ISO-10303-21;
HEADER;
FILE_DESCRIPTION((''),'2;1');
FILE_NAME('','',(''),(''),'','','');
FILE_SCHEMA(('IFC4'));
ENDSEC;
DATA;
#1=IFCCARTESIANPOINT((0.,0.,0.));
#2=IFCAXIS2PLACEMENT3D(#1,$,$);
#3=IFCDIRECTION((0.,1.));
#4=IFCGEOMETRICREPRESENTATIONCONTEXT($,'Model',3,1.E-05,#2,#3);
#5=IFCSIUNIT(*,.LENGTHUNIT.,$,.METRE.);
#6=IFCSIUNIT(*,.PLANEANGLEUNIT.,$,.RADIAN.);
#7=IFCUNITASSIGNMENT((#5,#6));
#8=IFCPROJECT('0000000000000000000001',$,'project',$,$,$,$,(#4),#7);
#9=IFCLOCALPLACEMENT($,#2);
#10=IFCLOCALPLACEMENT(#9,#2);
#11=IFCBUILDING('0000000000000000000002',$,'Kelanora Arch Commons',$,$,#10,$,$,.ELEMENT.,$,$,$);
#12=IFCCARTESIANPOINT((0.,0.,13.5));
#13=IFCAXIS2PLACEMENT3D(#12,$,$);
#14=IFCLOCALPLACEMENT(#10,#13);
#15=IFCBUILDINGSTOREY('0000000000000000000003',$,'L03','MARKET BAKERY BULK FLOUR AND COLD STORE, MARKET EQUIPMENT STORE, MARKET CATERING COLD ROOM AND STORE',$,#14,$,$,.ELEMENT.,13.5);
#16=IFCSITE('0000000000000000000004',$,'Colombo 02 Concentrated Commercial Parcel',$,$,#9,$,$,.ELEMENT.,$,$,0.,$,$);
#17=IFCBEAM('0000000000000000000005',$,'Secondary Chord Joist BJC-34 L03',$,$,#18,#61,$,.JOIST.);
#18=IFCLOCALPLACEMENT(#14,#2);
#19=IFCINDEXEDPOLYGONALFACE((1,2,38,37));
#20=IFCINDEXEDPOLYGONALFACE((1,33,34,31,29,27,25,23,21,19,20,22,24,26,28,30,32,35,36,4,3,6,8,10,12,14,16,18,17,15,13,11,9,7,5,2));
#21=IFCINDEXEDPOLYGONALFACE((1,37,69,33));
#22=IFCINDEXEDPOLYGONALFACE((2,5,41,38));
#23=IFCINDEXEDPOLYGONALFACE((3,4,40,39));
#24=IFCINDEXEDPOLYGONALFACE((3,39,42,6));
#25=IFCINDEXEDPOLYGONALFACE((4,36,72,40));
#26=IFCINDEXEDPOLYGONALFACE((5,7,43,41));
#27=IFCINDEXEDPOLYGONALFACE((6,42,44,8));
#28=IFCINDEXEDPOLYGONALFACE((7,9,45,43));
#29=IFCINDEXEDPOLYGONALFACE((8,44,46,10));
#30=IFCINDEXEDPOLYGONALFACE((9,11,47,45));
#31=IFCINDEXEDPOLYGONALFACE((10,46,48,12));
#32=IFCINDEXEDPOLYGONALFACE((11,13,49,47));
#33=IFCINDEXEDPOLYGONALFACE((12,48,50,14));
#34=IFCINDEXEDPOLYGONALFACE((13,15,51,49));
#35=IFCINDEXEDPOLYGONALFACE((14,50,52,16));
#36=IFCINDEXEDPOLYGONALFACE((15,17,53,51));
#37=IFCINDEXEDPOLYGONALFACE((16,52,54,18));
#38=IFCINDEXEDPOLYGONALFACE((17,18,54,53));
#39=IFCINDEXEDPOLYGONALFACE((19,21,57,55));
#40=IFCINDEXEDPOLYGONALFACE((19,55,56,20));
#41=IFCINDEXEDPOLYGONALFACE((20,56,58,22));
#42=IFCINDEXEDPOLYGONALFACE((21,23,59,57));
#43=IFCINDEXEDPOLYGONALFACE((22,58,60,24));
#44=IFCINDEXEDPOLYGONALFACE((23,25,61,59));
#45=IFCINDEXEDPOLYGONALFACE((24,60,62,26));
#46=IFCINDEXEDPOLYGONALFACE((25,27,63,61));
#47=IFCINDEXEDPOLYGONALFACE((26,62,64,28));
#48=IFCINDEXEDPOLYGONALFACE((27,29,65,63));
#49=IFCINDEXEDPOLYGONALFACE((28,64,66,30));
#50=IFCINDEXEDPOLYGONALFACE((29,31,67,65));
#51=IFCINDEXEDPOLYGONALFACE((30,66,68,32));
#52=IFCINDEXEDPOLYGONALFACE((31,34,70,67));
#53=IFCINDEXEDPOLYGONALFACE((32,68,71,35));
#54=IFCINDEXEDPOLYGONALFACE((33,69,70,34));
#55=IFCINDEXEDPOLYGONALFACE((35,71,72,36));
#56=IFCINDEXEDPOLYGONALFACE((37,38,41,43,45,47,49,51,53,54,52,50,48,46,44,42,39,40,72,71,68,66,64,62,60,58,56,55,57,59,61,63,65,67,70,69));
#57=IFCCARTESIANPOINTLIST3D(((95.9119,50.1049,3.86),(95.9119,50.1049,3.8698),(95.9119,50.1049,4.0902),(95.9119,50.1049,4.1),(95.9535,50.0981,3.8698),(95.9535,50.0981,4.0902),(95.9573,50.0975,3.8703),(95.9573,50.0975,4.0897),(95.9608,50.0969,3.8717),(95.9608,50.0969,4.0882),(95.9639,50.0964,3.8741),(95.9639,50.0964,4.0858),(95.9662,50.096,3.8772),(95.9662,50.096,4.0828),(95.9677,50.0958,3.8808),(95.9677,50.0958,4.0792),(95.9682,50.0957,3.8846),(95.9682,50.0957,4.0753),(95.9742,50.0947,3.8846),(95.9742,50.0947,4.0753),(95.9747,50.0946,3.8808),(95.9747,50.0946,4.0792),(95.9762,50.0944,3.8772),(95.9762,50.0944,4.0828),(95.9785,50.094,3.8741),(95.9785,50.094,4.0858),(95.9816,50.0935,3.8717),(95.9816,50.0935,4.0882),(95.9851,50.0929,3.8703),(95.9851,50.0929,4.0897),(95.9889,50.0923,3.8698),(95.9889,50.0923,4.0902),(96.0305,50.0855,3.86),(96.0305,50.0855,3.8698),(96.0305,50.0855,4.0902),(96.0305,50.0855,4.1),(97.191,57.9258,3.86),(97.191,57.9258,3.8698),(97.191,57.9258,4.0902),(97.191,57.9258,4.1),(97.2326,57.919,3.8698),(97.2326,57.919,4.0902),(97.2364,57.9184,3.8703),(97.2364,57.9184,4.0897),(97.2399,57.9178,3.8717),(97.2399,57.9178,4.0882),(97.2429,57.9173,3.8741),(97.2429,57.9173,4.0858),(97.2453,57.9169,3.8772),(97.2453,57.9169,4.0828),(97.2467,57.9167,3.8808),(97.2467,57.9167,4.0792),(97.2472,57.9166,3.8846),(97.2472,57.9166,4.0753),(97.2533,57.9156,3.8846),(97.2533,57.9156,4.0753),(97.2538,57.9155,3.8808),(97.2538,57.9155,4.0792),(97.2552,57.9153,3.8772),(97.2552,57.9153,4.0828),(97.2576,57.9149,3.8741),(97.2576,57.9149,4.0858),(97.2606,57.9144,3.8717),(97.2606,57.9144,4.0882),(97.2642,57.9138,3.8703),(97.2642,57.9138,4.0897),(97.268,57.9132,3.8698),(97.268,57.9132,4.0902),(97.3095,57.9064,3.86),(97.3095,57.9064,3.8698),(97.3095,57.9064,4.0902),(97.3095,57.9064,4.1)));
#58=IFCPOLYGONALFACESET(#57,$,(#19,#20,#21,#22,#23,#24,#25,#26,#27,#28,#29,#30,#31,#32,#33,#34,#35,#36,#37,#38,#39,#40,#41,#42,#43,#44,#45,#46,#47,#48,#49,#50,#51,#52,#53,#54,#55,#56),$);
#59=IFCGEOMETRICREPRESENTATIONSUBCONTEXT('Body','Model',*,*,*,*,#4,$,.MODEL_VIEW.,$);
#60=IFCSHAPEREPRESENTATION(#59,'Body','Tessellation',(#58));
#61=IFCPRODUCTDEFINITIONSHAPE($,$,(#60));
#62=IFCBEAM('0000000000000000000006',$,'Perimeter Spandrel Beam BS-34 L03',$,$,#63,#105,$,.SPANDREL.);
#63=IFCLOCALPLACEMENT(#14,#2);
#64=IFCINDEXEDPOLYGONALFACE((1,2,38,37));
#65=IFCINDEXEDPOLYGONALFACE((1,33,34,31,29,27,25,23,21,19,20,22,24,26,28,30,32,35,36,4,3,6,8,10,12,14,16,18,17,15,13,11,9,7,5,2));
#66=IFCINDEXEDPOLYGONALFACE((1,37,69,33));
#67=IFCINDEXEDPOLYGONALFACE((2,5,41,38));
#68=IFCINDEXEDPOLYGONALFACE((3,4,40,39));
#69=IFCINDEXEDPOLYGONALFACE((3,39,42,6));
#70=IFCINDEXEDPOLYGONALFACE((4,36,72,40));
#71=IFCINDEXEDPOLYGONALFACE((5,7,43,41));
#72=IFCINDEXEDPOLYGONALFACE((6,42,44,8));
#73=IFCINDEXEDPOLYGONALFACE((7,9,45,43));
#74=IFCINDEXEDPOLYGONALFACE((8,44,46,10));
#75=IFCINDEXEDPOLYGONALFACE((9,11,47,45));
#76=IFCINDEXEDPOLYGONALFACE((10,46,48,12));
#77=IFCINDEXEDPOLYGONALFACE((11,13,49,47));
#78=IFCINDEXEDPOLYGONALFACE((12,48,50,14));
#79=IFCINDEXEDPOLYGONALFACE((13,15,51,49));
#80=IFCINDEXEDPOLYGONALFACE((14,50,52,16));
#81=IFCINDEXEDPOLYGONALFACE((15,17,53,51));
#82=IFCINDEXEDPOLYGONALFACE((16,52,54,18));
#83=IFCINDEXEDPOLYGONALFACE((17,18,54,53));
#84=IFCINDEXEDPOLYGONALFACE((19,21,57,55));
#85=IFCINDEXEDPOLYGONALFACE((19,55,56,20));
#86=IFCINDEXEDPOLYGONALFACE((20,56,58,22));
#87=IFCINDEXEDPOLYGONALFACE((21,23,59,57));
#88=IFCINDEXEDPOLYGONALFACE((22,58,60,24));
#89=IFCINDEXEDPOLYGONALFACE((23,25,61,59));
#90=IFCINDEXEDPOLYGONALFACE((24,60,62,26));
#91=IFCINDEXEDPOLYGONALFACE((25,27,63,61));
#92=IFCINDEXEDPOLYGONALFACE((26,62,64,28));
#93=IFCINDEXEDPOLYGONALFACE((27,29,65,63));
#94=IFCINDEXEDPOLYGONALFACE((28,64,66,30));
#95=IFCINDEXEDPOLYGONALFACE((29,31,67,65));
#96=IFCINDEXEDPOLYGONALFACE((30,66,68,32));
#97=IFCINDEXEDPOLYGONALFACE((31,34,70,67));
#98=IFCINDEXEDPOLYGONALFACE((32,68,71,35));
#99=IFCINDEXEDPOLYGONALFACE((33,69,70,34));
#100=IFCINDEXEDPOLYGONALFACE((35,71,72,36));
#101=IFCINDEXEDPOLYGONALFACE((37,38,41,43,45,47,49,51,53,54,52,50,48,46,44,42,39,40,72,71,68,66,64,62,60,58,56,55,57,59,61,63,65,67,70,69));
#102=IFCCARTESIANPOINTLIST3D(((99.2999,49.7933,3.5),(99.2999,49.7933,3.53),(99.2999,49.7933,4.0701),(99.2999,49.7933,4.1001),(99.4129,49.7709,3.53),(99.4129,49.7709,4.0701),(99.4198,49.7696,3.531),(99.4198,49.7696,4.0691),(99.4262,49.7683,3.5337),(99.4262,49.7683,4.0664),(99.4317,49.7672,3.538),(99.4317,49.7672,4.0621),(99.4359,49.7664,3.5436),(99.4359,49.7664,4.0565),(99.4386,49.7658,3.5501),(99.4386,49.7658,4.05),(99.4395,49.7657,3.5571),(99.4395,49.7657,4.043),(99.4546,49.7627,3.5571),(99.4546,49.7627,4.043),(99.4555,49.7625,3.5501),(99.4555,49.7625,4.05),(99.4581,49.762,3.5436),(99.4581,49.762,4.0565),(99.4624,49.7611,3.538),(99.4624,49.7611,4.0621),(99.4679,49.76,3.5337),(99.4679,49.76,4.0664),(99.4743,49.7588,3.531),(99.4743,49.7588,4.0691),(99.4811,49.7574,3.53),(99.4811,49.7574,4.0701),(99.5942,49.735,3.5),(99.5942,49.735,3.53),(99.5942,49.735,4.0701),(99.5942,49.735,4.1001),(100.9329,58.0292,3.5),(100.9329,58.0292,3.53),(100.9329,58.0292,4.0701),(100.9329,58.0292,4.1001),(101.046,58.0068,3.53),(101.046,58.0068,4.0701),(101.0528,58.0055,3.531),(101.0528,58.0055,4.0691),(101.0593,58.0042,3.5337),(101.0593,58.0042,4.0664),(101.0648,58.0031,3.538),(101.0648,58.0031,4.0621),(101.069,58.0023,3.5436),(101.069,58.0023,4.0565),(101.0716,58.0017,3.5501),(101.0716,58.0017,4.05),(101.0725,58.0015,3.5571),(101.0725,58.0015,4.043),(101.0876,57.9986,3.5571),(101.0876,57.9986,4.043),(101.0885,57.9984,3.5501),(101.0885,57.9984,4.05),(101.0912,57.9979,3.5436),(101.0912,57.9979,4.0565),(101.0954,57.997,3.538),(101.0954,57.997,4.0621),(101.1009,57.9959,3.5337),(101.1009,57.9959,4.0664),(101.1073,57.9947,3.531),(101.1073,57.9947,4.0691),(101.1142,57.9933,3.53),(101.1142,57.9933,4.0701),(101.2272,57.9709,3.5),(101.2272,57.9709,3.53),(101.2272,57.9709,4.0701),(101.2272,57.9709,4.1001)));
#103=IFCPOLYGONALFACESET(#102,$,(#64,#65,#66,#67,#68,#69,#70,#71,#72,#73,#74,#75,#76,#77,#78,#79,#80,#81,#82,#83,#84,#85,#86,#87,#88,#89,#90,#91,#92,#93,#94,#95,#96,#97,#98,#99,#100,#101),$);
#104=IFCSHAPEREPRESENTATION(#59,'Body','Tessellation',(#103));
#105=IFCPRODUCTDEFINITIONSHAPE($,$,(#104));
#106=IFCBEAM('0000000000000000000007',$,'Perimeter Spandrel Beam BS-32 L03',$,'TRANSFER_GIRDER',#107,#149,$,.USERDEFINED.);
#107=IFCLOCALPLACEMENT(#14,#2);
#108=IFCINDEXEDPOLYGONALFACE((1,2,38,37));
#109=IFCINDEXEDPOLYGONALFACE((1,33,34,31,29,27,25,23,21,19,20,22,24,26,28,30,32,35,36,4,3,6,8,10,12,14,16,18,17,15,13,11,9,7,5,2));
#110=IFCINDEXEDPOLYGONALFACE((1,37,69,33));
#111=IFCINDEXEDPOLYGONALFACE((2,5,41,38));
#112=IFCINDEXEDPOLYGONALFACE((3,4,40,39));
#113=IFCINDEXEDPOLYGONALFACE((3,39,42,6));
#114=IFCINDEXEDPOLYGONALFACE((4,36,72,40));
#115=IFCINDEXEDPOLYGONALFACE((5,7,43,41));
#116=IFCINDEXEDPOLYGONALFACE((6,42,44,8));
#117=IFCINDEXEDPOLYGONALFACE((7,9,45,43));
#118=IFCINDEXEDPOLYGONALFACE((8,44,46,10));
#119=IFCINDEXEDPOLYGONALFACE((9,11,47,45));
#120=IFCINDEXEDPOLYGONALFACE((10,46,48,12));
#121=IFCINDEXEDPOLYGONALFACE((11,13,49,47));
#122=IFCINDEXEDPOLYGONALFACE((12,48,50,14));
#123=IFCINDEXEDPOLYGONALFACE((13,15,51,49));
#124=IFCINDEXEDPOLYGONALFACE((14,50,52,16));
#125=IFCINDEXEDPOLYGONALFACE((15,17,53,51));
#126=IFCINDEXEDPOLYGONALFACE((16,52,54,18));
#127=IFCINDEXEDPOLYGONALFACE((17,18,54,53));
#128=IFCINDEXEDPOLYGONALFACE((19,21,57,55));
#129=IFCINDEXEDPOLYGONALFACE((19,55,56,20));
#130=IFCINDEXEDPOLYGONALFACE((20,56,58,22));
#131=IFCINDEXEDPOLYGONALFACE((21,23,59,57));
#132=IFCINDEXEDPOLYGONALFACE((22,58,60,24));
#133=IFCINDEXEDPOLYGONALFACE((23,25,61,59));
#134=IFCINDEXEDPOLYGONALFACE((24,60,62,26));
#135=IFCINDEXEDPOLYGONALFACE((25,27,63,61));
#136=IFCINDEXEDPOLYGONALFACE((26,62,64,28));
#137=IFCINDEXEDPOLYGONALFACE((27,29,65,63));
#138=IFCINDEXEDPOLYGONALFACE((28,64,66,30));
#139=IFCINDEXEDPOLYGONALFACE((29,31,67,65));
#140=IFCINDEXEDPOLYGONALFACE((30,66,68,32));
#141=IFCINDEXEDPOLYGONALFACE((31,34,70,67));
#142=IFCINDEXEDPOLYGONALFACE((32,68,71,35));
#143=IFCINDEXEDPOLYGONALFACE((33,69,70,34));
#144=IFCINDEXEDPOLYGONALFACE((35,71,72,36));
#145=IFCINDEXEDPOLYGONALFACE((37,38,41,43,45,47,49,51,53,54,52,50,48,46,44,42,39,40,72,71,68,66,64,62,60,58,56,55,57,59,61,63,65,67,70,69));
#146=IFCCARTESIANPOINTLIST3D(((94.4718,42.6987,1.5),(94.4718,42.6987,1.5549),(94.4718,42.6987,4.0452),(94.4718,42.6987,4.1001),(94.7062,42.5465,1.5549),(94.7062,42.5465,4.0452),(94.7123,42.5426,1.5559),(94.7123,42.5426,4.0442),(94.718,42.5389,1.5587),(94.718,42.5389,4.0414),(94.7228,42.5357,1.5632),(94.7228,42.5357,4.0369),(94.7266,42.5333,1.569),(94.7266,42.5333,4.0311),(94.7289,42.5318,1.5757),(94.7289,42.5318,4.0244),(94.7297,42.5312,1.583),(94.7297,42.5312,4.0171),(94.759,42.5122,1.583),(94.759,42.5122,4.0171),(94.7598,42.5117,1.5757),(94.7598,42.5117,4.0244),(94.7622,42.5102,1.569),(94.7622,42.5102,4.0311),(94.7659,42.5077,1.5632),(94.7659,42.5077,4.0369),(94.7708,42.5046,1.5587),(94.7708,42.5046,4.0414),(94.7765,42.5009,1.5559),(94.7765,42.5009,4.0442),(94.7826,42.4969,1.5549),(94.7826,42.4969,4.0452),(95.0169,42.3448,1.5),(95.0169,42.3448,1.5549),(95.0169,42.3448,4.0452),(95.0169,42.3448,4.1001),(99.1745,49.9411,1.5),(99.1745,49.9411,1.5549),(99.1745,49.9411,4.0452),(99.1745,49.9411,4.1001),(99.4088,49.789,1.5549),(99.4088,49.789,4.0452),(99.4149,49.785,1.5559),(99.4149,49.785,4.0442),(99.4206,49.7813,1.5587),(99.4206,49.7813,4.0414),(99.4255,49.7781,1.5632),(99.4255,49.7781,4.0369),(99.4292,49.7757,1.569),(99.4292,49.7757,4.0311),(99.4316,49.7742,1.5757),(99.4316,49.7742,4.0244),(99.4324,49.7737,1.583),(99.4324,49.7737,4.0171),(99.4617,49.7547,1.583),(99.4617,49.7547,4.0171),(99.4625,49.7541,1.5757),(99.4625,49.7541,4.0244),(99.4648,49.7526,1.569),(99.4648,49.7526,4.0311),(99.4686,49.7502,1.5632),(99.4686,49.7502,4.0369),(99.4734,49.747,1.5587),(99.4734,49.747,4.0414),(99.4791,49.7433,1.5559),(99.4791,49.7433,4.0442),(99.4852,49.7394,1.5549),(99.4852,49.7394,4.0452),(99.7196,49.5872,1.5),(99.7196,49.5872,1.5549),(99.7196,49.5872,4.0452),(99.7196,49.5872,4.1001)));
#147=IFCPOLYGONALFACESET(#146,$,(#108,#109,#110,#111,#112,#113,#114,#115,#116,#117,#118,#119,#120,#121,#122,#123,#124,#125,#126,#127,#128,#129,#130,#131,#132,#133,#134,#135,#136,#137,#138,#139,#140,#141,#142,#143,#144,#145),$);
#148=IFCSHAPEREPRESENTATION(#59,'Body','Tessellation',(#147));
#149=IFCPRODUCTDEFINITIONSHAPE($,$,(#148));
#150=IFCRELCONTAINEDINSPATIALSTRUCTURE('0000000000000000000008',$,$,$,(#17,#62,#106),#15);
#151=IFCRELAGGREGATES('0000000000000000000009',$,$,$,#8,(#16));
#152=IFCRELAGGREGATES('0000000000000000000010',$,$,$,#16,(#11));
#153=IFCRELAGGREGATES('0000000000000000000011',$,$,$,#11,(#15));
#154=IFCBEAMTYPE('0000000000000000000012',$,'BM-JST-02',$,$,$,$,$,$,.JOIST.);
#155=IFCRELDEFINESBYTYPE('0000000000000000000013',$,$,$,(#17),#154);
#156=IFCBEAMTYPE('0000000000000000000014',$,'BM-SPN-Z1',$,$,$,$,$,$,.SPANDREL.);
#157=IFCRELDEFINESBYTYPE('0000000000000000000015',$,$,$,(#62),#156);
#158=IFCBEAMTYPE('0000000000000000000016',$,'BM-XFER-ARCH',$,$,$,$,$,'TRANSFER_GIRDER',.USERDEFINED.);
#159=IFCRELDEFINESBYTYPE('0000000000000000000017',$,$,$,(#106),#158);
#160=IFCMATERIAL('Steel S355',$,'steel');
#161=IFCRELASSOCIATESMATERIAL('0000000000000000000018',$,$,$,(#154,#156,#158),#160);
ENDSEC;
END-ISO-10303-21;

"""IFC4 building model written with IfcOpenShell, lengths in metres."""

from ifc_helpers import new_model, si_unit, direction, frame, origin, origin_2d, place, context, subcontext, project, spatial, i_section, extrude, material, material_profile, profile_set, type_object, element, save


model = new_model("IFC4")

# Units and contexts
model_context = context("Model", 3, precision=1e-05, world=origin(), true_north=direction((0.0, 1.0)))
body_context = subcontext(model_context, "Body", "Model", "MODEL_VIEW")
ifc_project = project(units=[si_unit("LENGTHUNIT", "METRE"), si_unit("PLANEANGLEUNIT", "RADIAN")], contexts=[model_context])

# Site, building, storey
site_placement = place(None, origin())
site = spatial("IfcSite", under=ifc_project, at=site_placement, Name="Colombo 02 Concentrated Commercial Parcel", CompositionType="ELEMENT", RefElevation=0.0)
building_placement = place(site_placement, origin())
building = spatial("IfcBuilding", under=site, at=building_placement, Name="Kelanora Arch Commons", CompositionType="ELEMENT")
storey_placement = place(building_placement, frame((0.0, 0.0, 13.5)))
storey = spatial("IfcBuildingStorey", under=building, at=storey_placement, Name="L03", Description="MARKET BAKERY BULK FLOUR AND COLD STORE, MARKET EQUIPMENT STORE, MARKET CATERING COLD ROOM AND STORE", CompositionType="ELEMENT", Elevation=13.5)

# Beams
ifc_material_1 = material(Name="Steel S355", Category="steel")
ifc_material_profile_1 = material_profile(ifc_material_1, i_section(OverallWidth=0.1201, OverallDepth=0.24, WebThickness=0.0061, FlangeThickness=0.0098, FilletRadius=0.0149, at=origin_2d()), Name="IPE240")
ifc_profile_set_1 = profile_set([ifc_material_profile_1], Name="Steel S355")
beam_type_1 = type_object("IfcBeamType", Name="BM-JST-02", PredefinedType="JOIST", material=ifc_profile_set_1)
beam_1_placement = place(storey_placement, frame((95.9712, 50.0952, 3.98), z_axis=(0.161401, 0.986889, 0.0), x_axis=(-0.986889, 0.161401, 0.0)))
element("IfcBeam", 1, at=beam_1_placement, inside=storey, type_object=beam_type_1, Name="Secondary Chord Joist BJC-34 L03", PredefinedType="JOIST", context=body_context, shape_type="SweptSolid", body=[
    extrude(i_section(OverallWidth=0.1201, OverallDepth=0.24, WebThickness=0.0061, FlangeThickness=0.0098, FilletRadius=0.0149, at=origin_2d()), origin(), (0.0, 0.0, 1.0), 7.9248),
])
ifc_material_profile_2 = material_profile(ifc_material_1, i_section(OverallWidth=0.3, OverallDepth=0.6001, WebThickness=0.0154, FlangeThickness=0.03, FilletRadius=0.0271, at=origin_2d()), Name="HEB600")
ifc_profile_set_2 = profile_set([ifc_material_profile_2], Name="Steel S355")
beam_type_2 = type_object("IfcBeamType", Name="BM-SPN-Z1", PredefinedType="SPANDREL", material=ifc_profile_set_2)
beam_2_placement = place(storey_placement, frame((99.447, 49.7642, 3.8), z_axis=(0.1945, 0.980903, 0.0), x_axis=(-0.980903, 0.1945, 0.0)))
element("IfcBeam", 2, at=beam_2_placement, inside=storey, type_object=beam_type_2, Name="Perimeter Spandrel Beam BS-34 L03", PredefinedType="SPANDREL", context=body_context, shape_type="SweptSolid", body=[
    extrude(i_section(OverallWidth=0.3, OverallDepth=0.6001, WebThickness=0.0154, FlangeThickness=0.03, FilletRadius=0.0271, at=origin_2d()), origin(), (0.0, 0.0, 1.0), 8.3962),
])
ifc_material_profile_3 = material_profile(ifc_material_1, i_section(OverallWidth=0.6499, OverallDepth=2.6001, WebThickness=0.0349, FlangeThickness=0.0549, FilletRadius=0.0281, at=origin_2d()), Name="PG2600x650")
ifc_profile_set_3 = profile_set([ifc_material_profile_3], Name="Steel S355")
beam_type_3 = type_object("IfcBeamType", Name="BM-XFER-ARCH", ElementType="TRANSFER_GIRDER", PredefinedType="USERDEFINED", material=ifc_profile_set_3)
beam_3_placement = place(storey_placement, frame((94.7444, 42.5217, 2.8), z_axis=(0.544586, 0.838705, 0.0), x_axis=(-0.838705, 0.544586, 0.0)))
element("IfcBeam", 3, at=beam_3_placement, inside=storey, type_object=beam_type_3, Name="Perimeter Spandrel Beam BS-32 L03", ObjectType="TRANSFER_GIRDER", PredefinedType="USERDEFINED", context=body_context, shape_type="SweptSolid", body=[
    extrude(i_section(OverallWidth=0.6499, OverallDepth=2.6001, WebThickness=0.0349, FlangeThickness=0.0549, FilletRadius=0.0281, at=origin_2d()), origin(), (0.0, 0.0, 1.0), 8.6353),
])

save(model, "model.ifc")
